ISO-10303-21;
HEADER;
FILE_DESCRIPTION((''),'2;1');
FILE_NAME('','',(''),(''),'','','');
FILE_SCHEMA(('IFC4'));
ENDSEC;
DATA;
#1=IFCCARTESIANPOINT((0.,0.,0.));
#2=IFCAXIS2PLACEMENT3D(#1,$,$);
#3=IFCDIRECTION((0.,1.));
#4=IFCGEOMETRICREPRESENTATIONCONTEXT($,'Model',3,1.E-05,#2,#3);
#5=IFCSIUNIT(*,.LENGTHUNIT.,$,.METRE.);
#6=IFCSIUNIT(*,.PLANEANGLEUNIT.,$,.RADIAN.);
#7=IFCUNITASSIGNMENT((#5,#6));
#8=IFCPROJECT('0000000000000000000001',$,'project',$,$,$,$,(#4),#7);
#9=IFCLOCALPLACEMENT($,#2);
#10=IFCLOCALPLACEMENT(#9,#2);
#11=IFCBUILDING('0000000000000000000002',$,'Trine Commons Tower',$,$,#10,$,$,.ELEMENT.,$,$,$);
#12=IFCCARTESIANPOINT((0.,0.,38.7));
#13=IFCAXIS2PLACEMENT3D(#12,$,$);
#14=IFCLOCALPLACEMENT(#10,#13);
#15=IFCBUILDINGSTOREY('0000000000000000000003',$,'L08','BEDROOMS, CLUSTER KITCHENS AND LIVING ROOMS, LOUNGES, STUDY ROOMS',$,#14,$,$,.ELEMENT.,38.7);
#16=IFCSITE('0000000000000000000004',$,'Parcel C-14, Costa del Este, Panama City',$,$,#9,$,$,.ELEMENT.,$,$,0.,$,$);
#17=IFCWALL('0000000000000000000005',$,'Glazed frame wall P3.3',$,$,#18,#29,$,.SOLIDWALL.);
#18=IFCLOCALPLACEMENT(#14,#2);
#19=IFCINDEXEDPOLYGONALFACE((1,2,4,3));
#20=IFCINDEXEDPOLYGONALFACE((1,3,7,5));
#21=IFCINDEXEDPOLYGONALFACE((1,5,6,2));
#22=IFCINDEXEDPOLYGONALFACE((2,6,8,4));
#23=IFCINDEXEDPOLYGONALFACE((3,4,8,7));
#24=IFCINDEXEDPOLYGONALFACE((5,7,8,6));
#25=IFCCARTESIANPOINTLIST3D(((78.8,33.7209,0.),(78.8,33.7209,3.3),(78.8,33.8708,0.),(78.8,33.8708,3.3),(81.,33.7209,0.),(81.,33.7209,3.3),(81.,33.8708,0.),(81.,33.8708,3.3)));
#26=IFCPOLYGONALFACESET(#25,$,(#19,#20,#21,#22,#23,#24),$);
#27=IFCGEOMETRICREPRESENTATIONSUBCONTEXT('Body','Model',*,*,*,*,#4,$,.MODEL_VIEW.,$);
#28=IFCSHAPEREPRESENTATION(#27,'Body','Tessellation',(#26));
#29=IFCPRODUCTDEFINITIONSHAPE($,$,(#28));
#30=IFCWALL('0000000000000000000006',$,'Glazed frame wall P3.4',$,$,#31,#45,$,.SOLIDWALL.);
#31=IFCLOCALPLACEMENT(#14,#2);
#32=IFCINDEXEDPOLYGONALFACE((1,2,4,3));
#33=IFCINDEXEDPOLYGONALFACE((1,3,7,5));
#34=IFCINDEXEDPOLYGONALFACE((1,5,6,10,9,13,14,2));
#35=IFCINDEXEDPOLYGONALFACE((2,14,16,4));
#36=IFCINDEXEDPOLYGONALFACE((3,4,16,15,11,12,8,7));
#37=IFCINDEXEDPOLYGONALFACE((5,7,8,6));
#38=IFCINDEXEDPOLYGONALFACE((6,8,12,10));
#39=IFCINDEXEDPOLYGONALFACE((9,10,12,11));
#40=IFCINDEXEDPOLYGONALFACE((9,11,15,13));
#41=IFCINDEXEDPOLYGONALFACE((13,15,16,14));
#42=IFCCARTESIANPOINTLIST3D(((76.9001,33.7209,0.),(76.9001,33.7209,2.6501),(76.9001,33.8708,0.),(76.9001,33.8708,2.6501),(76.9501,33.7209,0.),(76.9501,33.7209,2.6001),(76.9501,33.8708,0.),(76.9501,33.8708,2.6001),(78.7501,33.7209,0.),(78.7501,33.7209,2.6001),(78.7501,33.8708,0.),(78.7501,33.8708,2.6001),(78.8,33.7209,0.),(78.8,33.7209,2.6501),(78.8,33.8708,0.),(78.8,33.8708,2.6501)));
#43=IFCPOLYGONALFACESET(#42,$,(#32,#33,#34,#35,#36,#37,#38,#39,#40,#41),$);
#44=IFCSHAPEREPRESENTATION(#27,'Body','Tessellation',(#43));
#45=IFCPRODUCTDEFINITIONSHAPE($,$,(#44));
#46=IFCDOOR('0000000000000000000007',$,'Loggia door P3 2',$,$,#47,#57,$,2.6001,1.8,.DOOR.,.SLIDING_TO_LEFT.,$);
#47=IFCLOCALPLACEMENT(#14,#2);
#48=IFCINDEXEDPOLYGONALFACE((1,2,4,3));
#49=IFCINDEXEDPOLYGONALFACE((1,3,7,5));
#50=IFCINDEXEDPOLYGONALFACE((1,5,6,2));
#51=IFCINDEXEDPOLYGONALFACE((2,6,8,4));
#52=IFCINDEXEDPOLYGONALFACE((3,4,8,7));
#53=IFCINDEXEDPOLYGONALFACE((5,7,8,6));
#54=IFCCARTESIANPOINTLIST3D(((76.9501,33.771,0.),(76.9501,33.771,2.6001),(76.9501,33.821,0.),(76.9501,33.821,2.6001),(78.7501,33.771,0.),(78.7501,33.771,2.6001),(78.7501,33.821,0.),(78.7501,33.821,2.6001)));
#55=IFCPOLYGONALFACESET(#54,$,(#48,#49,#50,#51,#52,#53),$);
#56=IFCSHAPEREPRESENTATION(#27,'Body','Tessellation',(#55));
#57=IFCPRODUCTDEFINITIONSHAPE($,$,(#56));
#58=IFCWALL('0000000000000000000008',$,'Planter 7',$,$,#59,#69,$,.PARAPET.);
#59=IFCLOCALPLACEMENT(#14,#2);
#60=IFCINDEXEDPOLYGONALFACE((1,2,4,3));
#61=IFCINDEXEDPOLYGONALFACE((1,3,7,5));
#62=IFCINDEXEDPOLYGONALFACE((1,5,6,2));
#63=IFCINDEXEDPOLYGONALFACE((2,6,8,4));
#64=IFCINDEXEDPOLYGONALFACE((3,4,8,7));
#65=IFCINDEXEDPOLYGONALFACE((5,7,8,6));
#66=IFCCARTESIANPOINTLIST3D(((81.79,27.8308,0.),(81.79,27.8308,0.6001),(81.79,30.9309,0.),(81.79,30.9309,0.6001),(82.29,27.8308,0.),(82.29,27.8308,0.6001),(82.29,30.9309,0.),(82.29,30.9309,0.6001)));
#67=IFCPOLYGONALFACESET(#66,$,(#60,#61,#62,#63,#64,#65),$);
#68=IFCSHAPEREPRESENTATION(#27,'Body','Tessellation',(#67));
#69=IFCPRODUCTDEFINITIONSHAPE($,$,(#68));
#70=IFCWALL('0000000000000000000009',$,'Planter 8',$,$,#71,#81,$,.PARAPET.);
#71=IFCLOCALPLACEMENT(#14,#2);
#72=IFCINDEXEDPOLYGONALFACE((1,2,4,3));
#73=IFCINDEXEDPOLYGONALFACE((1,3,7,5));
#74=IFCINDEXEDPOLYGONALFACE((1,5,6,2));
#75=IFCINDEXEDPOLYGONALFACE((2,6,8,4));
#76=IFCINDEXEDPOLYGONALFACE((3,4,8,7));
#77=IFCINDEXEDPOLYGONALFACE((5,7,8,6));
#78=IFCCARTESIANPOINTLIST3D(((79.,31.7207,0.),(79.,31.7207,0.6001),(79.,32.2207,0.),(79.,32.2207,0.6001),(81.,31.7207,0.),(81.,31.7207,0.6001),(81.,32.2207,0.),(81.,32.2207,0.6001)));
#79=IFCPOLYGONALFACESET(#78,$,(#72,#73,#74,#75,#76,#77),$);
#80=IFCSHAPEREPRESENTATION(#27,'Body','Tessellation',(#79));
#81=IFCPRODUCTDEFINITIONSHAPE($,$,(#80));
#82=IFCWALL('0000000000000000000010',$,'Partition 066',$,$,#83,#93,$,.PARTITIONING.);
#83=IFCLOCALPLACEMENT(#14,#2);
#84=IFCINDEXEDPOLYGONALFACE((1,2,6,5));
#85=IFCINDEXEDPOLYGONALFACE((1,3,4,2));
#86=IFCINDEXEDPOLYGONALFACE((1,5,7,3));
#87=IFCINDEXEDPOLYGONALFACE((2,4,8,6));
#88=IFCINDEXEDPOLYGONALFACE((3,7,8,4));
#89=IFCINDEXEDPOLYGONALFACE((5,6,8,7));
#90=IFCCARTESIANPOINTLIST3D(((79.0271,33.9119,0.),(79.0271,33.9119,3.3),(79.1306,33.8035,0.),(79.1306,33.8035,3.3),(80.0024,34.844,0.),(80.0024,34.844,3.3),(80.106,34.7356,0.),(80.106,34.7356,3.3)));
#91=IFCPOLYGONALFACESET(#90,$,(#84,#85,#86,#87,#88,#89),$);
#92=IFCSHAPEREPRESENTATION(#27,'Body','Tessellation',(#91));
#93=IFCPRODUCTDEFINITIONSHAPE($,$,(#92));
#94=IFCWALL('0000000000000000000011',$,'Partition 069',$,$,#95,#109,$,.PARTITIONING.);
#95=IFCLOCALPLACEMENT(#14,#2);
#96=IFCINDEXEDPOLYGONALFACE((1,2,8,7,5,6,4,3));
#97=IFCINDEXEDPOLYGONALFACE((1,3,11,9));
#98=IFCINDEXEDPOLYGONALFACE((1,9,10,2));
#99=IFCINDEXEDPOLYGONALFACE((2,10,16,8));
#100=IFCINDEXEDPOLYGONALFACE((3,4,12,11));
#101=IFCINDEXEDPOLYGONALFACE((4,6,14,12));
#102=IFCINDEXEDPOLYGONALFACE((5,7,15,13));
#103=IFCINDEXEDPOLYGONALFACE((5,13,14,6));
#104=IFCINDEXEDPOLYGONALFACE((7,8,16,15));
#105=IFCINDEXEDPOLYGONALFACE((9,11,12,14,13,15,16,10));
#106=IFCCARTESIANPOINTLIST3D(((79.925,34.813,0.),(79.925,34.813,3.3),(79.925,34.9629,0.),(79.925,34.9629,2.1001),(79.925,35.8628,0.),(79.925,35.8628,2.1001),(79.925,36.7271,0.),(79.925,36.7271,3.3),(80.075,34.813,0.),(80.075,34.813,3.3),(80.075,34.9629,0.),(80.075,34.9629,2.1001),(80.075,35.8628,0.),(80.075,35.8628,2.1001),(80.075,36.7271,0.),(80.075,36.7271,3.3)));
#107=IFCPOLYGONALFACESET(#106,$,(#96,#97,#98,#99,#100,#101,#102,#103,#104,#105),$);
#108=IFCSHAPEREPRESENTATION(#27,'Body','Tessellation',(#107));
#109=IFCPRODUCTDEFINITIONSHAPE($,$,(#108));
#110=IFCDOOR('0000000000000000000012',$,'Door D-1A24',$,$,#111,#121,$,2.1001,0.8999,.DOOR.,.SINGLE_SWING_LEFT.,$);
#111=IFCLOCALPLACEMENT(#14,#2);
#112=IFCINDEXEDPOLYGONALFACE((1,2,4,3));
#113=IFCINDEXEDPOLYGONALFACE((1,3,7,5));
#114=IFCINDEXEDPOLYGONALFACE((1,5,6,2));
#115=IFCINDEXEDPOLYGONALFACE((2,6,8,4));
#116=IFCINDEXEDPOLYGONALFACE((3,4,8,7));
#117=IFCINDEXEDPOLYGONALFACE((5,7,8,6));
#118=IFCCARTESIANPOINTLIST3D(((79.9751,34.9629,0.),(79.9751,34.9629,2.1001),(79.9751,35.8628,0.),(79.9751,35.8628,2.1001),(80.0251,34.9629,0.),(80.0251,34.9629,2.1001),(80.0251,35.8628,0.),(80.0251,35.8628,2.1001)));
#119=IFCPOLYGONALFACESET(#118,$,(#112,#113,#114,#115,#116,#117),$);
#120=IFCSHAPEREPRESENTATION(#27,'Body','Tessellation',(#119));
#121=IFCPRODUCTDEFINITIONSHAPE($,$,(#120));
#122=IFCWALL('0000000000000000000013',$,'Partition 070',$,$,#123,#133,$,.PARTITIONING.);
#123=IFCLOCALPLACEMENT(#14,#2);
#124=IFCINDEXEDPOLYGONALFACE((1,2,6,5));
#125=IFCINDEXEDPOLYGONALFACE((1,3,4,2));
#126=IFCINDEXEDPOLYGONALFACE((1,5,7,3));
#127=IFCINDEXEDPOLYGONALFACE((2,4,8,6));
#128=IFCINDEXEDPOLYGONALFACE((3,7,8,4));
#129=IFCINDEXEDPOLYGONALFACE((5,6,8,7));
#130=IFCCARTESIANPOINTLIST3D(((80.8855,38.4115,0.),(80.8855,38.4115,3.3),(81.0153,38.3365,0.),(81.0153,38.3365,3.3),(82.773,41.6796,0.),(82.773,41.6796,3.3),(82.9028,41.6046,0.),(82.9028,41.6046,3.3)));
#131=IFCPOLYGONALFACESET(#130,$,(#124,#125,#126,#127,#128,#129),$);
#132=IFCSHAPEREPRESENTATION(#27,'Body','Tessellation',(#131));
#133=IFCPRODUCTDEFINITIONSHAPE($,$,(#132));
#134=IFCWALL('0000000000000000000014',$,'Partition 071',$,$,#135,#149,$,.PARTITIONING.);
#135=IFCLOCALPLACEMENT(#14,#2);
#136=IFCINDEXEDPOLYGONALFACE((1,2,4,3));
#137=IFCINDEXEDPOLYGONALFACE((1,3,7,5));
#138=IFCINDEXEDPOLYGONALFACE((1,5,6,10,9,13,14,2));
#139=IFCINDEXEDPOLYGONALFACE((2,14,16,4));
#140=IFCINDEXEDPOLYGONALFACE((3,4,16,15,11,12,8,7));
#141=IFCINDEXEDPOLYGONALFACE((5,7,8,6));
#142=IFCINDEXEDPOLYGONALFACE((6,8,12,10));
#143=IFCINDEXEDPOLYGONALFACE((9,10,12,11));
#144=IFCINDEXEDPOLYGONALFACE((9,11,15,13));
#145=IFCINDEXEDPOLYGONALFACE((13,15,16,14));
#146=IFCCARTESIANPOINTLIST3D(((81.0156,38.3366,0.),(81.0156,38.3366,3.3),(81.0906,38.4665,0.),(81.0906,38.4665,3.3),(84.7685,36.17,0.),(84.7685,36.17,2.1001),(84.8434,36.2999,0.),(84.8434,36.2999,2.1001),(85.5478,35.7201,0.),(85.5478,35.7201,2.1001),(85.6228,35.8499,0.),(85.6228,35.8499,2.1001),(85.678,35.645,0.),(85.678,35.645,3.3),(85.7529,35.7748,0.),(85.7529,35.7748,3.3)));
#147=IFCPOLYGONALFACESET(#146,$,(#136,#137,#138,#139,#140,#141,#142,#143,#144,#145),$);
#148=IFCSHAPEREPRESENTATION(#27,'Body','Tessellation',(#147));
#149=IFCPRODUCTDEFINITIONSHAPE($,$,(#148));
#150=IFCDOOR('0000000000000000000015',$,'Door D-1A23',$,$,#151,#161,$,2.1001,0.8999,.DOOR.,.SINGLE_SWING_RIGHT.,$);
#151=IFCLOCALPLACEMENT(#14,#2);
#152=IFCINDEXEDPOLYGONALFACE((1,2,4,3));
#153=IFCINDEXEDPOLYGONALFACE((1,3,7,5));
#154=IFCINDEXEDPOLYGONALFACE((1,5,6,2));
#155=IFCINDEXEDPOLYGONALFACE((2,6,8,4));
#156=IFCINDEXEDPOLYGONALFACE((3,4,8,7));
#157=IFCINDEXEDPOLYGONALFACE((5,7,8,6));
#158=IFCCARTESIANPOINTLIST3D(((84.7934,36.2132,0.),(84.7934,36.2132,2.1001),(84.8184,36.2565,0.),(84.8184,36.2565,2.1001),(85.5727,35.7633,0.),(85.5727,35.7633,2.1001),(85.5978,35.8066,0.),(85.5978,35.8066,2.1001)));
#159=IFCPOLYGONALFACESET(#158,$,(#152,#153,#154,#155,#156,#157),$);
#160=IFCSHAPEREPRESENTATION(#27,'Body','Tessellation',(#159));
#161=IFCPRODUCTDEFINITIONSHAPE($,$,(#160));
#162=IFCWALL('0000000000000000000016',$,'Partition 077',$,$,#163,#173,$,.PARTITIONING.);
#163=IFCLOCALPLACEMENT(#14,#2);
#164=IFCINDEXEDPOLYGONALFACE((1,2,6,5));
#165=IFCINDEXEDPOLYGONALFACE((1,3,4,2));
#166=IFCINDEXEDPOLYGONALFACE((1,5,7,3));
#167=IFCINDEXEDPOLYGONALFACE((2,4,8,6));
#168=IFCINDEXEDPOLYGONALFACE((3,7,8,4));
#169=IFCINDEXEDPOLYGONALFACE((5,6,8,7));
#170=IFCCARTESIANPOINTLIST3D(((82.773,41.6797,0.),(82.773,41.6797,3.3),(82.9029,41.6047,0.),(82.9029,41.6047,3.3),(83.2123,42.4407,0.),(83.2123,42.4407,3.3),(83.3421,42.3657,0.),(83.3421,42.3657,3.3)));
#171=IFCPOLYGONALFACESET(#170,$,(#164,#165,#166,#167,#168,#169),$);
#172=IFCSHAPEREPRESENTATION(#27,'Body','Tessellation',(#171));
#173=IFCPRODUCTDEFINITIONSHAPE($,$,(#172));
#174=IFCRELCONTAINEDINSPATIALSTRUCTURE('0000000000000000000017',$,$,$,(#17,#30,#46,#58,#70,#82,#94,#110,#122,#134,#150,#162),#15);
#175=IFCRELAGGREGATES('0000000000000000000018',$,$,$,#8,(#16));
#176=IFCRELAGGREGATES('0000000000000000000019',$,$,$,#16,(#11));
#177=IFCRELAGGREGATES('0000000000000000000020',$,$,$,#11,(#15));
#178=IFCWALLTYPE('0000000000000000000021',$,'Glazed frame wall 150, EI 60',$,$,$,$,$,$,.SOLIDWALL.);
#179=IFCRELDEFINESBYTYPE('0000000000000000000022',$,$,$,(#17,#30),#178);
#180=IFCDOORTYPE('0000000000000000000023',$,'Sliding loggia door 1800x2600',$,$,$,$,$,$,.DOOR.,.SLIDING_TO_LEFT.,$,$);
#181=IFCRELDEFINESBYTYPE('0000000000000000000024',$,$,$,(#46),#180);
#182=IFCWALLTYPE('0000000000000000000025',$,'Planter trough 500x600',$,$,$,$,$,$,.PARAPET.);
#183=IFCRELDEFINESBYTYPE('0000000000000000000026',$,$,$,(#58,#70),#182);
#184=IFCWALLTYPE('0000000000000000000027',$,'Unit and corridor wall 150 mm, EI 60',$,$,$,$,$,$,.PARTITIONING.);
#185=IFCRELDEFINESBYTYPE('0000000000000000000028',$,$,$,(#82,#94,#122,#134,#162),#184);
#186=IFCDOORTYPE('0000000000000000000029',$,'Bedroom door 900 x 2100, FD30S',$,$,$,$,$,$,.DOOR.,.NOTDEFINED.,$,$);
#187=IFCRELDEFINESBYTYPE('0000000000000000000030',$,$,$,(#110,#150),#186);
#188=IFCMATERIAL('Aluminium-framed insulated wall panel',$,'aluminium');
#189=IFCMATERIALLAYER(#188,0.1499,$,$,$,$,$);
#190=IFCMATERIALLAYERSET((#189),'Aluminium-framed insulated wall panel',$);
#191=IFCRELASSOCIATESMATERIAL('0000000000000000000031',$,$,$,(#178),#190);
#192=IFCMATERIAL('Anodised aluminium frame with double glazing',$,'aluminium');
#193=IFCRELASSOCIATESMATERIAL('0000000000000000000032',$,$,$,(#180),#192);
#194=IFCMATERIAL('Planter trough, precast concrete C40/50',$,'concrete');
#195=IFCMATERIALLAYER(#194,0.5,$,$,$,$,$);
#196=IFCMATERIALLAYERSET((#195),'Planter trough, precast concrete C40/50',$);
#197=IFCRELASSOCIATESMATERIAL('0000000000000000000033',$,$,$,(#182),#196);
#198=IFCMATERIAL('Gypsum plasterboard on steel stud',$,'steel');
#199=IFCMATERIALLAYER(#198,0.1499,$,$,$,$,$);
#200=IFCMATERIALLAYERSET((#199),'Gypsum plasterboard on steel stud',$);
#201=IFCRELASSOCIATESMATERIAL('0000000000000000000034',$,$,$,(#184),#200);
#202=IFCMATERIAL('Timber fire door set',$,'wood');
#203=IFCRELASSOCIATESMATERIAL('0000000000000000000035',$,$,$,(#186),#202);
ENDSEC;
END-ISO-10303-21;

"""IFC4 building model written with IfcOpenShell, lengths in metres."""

from ifc_helpers import new_model, si_unit, direction, frame, frame_2d, origin, place, context, subcontext, project, spatial, polyline, rectangle, outline, extrude, material, layer, layer_set, type_object, element, fill, save


model = new_model("IFC4")

# Units and contexts
model_context = context("Model", 3, precision=1e-05, world=origin(), true_north=direction((0.0, 1.0)))
body_context = subcontext(model_context, "Body", "Model", "MODEL_VIEW")
ifc_project = project(units=[si_unit("LENGTHUNIT", "METRE"), si_unit("PLANEANGLEUNIT", "RADIAN")], contexts=[model_context])

# Site, building, storey
site_placement = place(None, origin())
site = spatial("IfcSite", under=ifc_project, at=site_placement, Name="Parcel C-14, Costa del Este, Panama City", CompositionType="ELEMENT", RefElevation=0.0)
building_placement = place(site_placement, origin())
building = spatial("IfcBuilding", under=site, at=building_placement, Name="Trine Commons Tower", CompositionType="ELEMENT")
storey_placement = place(building_placement, frame((0.0, 0.0, 38.7)))
storey = spatial("IfcBuildingStorey", under=building, at=storey_placement, Name="L08", Description="BEDROOMS, CLUSTER KITCHENS AND LIVING ROOMS, LOUNGES, STUDY ROOMS", CompositionType="ELEMENT", Elevation=38.7)

# Shared definitions
ifc_material_1 = material(Name="Aluminium-framed insulated wall panel", Category="aluminium")
ifc_layer_1 = layer(ifc_material_1, 0.1499)
ifc_layer_set_1 = layer_set([ifc_layer_1], Name="Aluminium-framed insulated wall panel")
wall_type_1 = type_object("IfcWallType", Name="Glazed frame wall 150, EI 60", PredefinedType="SOLIDWALL", material=ifc_layer_set_1)

# Shared definitions
ifc_material_2 = material(Name="Anodised aluminium frame with double glazing", Category="aluminium")
door_type_1 = type_object("IfcDoorType", Name="Sliding loggia door 1800x2600", OperationType="SLIDING_TO_LEFT", PredefinedType="DOOR", material=ifc_material_2)

# Wall
wall_1_placement = place(storey_placement, frame((81.0, 33.7959, 0.0), z_axis=(0.0, 0.0, 1.0), x_axis=(-1.0, 0.0, 0.0)))
element("IfcWall", 1, at=wall_1_placement, inside=storey, type_object=wall_type_1, Name="Glazed frame wall P3.3", PredefinedType="SOLIDWALL", context=body_context, shape_type="SweptSolid", body=[
    extrude(outline(polyline([(0.0, -0.075), (2.2, -0.075), (2.2, 0.075), (0.0, 0.075), (0.0, -0.075)])), origin(), (0.0, 0.0, 1.0), 3.3),
])

# Wall, opening, door
wall_2_placement = place(storey_placement, frame((78.8, 33.7959, 0.0), z_axis=(0.0, 0.0, 1.0), x_axis=(-1.0, 0.0, 0.0)))
wall_2 = element("IfcWall", 2, at=wall_2_placement, inside=storey, type_object=wall_type_1, Name="Glazed frame wall P3.4", PredefinedType="SOLIDWALL", context=body_context, shape_type="SweptSolid", body=[
    extrude(outline(polyline([(0.0, -0.075), (1.8999, -0.075), (1.8999, 0.075), (0.0, 0.075), (0.0, -0.075)])), origin(), (0.0, 0.0, 1.0), 2.6501),
])
opening_1_placement = place(wall_2_placement, frame((0.05, 0.0, 0.0)))
opening_1 = element("IfcOpeningElement", 3, at=opening_1_placement, cuts=wall_2, PredefinedType="OPENING", context=body_context, shape_type="SweptSolid", body=[
    extrude(rectangle(XDim=1.8, YDim=2.6001, at=frame_2d((0.8999, 1.3))), frame((0.0, 0.085, 0.0), z_axis=(0.0, -1.0, 0.0), x_axis=(1.0, 0.0, 0.0)), (0.0, 0.0, 1.0), 0.1699),
])
door_1_placement = place(opening_1_placement, origin())
door_1 = element("IfcDoor", 4, at=door_1_placement, inside=storey, type_object=door_type_1, Name="Loggia door P3 2", OperationType="SLIDING_TO_LEFT", OverallHeight=2.6001, OverallWidth=1.8, PredefinedType="DOOR", context=body_context, shape_type="SweptSolid", body=[
    extrude(rectangle(XDim=1.8, YDim=2.6001, at=frame_2d((0.8999, 1.3))), frame((0.0, 0.0249, 0.0), z_axis=(0.0, -1.0, 0.0), x_axis=(1.0, 0.0, 0.0)), (0.0, 0.0, 1.0), 0.05),
])
fill(opening_1, door_1)

# Walls
ifc_material_3 = material(Name="Planter trough, precast concrete C40/50", Category="concrete")
ifc_layer_2 = layer(ifc_material_3, 0.5)
ifc_layer_set_2 = layer_set([ifc_layer_2], Name="Planter trough, precast concrete C40/50")
wall_type_2 = type_object("IfcWallType", Name="Planter trough 500x600", PredefinedType="PARAPET", material=ifc_layer_set_2)
wall_3_placement = place(storey_placement, frame((82.04, 27.8308, 0.0), z_axis=(0.0, 0.0, 1.0), x_axis=(0.0, 1.0, 0.0)))
element("IfcWall", 5, at=wall_3_placement, inside=storey, type_object=wall_type_2, Name="Planter 7", PredefinedType="PARAPET", context=body_context, shape_type="SweptSolid", body=[
    extrude(rectangle(XDim=3.1001, YDim=0.5, at=frame_2d((1.55, 0.0))), origin(), (0.0, 0.0, 1.0), 0.6001),
])
wall_4_placement = place(storey_placement, frame((81.0, 31.9707, 0.0), z_axis=(0.0, 0.0, 1.0), x_axis=(-1.0, 0.0, 0.0)))
element("IfcWall", 6, at=wall_4_placement, inside=storey, type_object=wall_type_2, Name="Planter 8", PredefinedType="PARAPET", context=body_context, shape_type="SweptSolid", body=[
    extrude(rectangle(XDim=2.0, YDim=0.5, at=frame_2d((1.0, 0.0))), origin(), (0.0, 0.0, 1.0), 0.6001),
])
ifc_material_4 = material(Name="Gypsum plasterboard on steel stud", Category="steel")
ifc_layer_3 = layer(ifc_material_4, 0.1499)
ifc_layer_set_3 = layer_set([ifc_layer_3], Name="Gypsum plasterboard on steel stud")
wall_type_3 = type_object("IfcWallType", Name="Unit and corridor wall 150 mm, EI 60", PredefinedType="PARTITIONING", material=ifc_layer_set_3)
wall_5_placement = place(storey_placement, frame((79.0789, 33.8577, 0.0), z_axis=(0.0, 0.0, 1.0), x_axis=(0.72294, 0.69091, 0.0)))
element("IfcWall", 7, at=wall_5_placement, inside=storey, type_object=wall_type_3, Name="Partition 066", PredefinedType="PARTITIONING", context=body_context, shape_type="SweptSolid", body=[
    extrude(rectangle(XDim=1.3491, YDim=0.1499, at=frame_2d((0.6746, 0.0))), origin(), (0.0, 0.0, 1.0), 3.3),
])

# Wall, opening, door
wall_6_placement = place(storey_placement, frame((80.0, 34.813, 0.0), z_axis=(0.0, 0.0, 1.0), x_axis=(0.0, 1.0, 0.0)))
wall_6 = element("IfcWall", 8, at=wall_6_placement, inside=storey, type_object=wall_type_3, Name="Partition 069", PredefinedType="PARTITIONING", context=body_context, shape_type="SweptSolid", body=[
    extrude(rectangle(XDim=1.9141, YDim=0.1499, at=frame_2d((0.957, 0.0))), origin(), (0.0, 0.0, 1.0), 3.3),
])
opening_2_placement = place(wall_6_placement, frame((0.1499, 0.0, 0.0)))
opening_2 = element("IfcOpeningElement", 9, at=opening_2_placement, cuts=wall_6, PredefinedType="OPENING", context=body_context, shape_type="SweptSolid", body=[
    extrude(rectangle(XDim=0.8999, YDim=2.1001, at=frame_2d((0.45, 1.05))), frame((0.0, 0.085, 0.0), z_axis=(0.0, -1.0, 0.0), x_axis=(1.0, 0.0, 0.0)), (0.0, 0.0, 1.0), 0.1699),
])
ifc_material_5 = material(Name="Timber fire door set", Category="wood")
door_type_2 = type_object("IfcDoorType", Name="Bedroom door 900 x 2100, FD30S", OperationType="NOTDEFINED", PredefinedType="DOOR", material=ifc_material_5)
door_2_placement = place(opening_2_placement, origin())
door_2 = element("IfcDoor", 10, at=door_2_placement, inside=storey, type_object=door_type_2, Name="Door D-1A24", OperationType="SINGLE_SWING_LEFT", OverallHeight=2.1001, OverallWidth=0.8999, PredefinedType="DOOR", context=body_context, shape_type="SweptSolid", body=[
    extrude(rectangle(XDim=0.8999, YDim=2.1001, at=frame_2d((0.45, 1.05))), frame((0.0, 0.0249, 0.0), z_axis=(0.0, -1.0, 0.0), x_axis=(1.0, 0.0, 0.0)), (0.0, 0.0, 1.0), 0.05),
])
fill(opening_2, door_2)

# Wall
wall_7_placement = place(storey_placement, frame((80.9504, 38.374, 0.0), z_axis=(0.0, 0.0, 1.0), x_axis=(0.500126, 0.865953, 0.0)))
element("IfcWall", 11, at=wall_7_placement, inside=storey, type_object=wall_type_3, Name="Partition 070", PredefinedType="PARTITIONING", context=body_context, shape_type="SweptSolid", body=[
    extrude(rectangle(XDim=3.7739, YDim=0.1499, at=frame_2d((1.887, 0.0))), origin(), (0.0, 0.0, 1.0), 3.3),
])

# Wall, opening, door
wall_8_placement = place(storey_placement, frame((81.053, 38.4016, 0.0), z_axis=(0.0, 0.0, 1.0), x_axis=(0.866038, -0.499978, 0.0)))
wall_8 = element("IfcWall", 12, at=wall_8_placement, inside=storey, type_object=wall_type_3, Name="Partition 071", PredefinedType="PARTITIONING", context=body_context, shape_type="SweptSolid", body=[
    extrude(rectangle(XDim=5.3835, YDim=0.1499, at=frame_2d((2.6919, 0.0))), origin(), (0.0, 0.0, 1.0), 3.3),
])
opening_3_placement = place(wall_8_placement, frame((4.3335, 0.0, 0.0)))
opening_3 = element("IfcOpeningElement", 13, at=opening_3_placement, cuts=wall_8, PredefinedType="OPENING", context=body_context, shape_type="SweptSolid", body=[
    extrude(rectangle(XDim=0.8999, YDim=2.1001, at=frame_2d((0.45, 1.05))), frame((0.0, 0.085, 0.0), z_axis=(0.0, -1.0, 0.0), x_axis=(1.0, 0.0, 0.0)), (0.0, 0.0, 1.0), 0.1699),
])
door_3_placement = place(opening_3_placement, origin())
door_3 = element("IfcDoor", 14, at=door_3_placement, inside=storey, type_object=door_type_2, Name="Door D-1A23", OperationType="SINGLE_SWING_RIGHT", OverallHeight=2.1001, OverallWidth=0.8999, PredefinedType="DOOR", context=body_context, shape_type="SweptSolid", body=[
    extrude(rectangle(XDim=0.8999, YDim=2.1001, at=frame_2d((0.45, 1.05))), frame((0.0, 0.0249, 0.0), z_axis=(0.0, -1.0, 0.0), x_axis=(1.0, 0.0, 0.0)), (0.0, 0.0, 1.0), 0.05),
])
fill(opening_3, door_3)

# Wall
wall_9_placement = place(storey_placement, frame((82.8379, 41.6421, 0.0), z_axis=(0.0, 0.0, 1.0), x_axis=(0.499875, 0.866098, 0.0)))
element("IfcWall", 15, at=wall_9_placement, inside=storey, type_object=wall_type_3, Name="Partition 077", PredefinedType="PARTITIONING", context=body_context, shape_type="SweptSolid", body=[
    extrude(rectangle(XDim=0.8787, YDim=0.1499, at=frame_2d((0.4395, 0.0))), origin(), (0.0, 0.0, 1.0), 3.3),
])

save(model, "model.ifc")
